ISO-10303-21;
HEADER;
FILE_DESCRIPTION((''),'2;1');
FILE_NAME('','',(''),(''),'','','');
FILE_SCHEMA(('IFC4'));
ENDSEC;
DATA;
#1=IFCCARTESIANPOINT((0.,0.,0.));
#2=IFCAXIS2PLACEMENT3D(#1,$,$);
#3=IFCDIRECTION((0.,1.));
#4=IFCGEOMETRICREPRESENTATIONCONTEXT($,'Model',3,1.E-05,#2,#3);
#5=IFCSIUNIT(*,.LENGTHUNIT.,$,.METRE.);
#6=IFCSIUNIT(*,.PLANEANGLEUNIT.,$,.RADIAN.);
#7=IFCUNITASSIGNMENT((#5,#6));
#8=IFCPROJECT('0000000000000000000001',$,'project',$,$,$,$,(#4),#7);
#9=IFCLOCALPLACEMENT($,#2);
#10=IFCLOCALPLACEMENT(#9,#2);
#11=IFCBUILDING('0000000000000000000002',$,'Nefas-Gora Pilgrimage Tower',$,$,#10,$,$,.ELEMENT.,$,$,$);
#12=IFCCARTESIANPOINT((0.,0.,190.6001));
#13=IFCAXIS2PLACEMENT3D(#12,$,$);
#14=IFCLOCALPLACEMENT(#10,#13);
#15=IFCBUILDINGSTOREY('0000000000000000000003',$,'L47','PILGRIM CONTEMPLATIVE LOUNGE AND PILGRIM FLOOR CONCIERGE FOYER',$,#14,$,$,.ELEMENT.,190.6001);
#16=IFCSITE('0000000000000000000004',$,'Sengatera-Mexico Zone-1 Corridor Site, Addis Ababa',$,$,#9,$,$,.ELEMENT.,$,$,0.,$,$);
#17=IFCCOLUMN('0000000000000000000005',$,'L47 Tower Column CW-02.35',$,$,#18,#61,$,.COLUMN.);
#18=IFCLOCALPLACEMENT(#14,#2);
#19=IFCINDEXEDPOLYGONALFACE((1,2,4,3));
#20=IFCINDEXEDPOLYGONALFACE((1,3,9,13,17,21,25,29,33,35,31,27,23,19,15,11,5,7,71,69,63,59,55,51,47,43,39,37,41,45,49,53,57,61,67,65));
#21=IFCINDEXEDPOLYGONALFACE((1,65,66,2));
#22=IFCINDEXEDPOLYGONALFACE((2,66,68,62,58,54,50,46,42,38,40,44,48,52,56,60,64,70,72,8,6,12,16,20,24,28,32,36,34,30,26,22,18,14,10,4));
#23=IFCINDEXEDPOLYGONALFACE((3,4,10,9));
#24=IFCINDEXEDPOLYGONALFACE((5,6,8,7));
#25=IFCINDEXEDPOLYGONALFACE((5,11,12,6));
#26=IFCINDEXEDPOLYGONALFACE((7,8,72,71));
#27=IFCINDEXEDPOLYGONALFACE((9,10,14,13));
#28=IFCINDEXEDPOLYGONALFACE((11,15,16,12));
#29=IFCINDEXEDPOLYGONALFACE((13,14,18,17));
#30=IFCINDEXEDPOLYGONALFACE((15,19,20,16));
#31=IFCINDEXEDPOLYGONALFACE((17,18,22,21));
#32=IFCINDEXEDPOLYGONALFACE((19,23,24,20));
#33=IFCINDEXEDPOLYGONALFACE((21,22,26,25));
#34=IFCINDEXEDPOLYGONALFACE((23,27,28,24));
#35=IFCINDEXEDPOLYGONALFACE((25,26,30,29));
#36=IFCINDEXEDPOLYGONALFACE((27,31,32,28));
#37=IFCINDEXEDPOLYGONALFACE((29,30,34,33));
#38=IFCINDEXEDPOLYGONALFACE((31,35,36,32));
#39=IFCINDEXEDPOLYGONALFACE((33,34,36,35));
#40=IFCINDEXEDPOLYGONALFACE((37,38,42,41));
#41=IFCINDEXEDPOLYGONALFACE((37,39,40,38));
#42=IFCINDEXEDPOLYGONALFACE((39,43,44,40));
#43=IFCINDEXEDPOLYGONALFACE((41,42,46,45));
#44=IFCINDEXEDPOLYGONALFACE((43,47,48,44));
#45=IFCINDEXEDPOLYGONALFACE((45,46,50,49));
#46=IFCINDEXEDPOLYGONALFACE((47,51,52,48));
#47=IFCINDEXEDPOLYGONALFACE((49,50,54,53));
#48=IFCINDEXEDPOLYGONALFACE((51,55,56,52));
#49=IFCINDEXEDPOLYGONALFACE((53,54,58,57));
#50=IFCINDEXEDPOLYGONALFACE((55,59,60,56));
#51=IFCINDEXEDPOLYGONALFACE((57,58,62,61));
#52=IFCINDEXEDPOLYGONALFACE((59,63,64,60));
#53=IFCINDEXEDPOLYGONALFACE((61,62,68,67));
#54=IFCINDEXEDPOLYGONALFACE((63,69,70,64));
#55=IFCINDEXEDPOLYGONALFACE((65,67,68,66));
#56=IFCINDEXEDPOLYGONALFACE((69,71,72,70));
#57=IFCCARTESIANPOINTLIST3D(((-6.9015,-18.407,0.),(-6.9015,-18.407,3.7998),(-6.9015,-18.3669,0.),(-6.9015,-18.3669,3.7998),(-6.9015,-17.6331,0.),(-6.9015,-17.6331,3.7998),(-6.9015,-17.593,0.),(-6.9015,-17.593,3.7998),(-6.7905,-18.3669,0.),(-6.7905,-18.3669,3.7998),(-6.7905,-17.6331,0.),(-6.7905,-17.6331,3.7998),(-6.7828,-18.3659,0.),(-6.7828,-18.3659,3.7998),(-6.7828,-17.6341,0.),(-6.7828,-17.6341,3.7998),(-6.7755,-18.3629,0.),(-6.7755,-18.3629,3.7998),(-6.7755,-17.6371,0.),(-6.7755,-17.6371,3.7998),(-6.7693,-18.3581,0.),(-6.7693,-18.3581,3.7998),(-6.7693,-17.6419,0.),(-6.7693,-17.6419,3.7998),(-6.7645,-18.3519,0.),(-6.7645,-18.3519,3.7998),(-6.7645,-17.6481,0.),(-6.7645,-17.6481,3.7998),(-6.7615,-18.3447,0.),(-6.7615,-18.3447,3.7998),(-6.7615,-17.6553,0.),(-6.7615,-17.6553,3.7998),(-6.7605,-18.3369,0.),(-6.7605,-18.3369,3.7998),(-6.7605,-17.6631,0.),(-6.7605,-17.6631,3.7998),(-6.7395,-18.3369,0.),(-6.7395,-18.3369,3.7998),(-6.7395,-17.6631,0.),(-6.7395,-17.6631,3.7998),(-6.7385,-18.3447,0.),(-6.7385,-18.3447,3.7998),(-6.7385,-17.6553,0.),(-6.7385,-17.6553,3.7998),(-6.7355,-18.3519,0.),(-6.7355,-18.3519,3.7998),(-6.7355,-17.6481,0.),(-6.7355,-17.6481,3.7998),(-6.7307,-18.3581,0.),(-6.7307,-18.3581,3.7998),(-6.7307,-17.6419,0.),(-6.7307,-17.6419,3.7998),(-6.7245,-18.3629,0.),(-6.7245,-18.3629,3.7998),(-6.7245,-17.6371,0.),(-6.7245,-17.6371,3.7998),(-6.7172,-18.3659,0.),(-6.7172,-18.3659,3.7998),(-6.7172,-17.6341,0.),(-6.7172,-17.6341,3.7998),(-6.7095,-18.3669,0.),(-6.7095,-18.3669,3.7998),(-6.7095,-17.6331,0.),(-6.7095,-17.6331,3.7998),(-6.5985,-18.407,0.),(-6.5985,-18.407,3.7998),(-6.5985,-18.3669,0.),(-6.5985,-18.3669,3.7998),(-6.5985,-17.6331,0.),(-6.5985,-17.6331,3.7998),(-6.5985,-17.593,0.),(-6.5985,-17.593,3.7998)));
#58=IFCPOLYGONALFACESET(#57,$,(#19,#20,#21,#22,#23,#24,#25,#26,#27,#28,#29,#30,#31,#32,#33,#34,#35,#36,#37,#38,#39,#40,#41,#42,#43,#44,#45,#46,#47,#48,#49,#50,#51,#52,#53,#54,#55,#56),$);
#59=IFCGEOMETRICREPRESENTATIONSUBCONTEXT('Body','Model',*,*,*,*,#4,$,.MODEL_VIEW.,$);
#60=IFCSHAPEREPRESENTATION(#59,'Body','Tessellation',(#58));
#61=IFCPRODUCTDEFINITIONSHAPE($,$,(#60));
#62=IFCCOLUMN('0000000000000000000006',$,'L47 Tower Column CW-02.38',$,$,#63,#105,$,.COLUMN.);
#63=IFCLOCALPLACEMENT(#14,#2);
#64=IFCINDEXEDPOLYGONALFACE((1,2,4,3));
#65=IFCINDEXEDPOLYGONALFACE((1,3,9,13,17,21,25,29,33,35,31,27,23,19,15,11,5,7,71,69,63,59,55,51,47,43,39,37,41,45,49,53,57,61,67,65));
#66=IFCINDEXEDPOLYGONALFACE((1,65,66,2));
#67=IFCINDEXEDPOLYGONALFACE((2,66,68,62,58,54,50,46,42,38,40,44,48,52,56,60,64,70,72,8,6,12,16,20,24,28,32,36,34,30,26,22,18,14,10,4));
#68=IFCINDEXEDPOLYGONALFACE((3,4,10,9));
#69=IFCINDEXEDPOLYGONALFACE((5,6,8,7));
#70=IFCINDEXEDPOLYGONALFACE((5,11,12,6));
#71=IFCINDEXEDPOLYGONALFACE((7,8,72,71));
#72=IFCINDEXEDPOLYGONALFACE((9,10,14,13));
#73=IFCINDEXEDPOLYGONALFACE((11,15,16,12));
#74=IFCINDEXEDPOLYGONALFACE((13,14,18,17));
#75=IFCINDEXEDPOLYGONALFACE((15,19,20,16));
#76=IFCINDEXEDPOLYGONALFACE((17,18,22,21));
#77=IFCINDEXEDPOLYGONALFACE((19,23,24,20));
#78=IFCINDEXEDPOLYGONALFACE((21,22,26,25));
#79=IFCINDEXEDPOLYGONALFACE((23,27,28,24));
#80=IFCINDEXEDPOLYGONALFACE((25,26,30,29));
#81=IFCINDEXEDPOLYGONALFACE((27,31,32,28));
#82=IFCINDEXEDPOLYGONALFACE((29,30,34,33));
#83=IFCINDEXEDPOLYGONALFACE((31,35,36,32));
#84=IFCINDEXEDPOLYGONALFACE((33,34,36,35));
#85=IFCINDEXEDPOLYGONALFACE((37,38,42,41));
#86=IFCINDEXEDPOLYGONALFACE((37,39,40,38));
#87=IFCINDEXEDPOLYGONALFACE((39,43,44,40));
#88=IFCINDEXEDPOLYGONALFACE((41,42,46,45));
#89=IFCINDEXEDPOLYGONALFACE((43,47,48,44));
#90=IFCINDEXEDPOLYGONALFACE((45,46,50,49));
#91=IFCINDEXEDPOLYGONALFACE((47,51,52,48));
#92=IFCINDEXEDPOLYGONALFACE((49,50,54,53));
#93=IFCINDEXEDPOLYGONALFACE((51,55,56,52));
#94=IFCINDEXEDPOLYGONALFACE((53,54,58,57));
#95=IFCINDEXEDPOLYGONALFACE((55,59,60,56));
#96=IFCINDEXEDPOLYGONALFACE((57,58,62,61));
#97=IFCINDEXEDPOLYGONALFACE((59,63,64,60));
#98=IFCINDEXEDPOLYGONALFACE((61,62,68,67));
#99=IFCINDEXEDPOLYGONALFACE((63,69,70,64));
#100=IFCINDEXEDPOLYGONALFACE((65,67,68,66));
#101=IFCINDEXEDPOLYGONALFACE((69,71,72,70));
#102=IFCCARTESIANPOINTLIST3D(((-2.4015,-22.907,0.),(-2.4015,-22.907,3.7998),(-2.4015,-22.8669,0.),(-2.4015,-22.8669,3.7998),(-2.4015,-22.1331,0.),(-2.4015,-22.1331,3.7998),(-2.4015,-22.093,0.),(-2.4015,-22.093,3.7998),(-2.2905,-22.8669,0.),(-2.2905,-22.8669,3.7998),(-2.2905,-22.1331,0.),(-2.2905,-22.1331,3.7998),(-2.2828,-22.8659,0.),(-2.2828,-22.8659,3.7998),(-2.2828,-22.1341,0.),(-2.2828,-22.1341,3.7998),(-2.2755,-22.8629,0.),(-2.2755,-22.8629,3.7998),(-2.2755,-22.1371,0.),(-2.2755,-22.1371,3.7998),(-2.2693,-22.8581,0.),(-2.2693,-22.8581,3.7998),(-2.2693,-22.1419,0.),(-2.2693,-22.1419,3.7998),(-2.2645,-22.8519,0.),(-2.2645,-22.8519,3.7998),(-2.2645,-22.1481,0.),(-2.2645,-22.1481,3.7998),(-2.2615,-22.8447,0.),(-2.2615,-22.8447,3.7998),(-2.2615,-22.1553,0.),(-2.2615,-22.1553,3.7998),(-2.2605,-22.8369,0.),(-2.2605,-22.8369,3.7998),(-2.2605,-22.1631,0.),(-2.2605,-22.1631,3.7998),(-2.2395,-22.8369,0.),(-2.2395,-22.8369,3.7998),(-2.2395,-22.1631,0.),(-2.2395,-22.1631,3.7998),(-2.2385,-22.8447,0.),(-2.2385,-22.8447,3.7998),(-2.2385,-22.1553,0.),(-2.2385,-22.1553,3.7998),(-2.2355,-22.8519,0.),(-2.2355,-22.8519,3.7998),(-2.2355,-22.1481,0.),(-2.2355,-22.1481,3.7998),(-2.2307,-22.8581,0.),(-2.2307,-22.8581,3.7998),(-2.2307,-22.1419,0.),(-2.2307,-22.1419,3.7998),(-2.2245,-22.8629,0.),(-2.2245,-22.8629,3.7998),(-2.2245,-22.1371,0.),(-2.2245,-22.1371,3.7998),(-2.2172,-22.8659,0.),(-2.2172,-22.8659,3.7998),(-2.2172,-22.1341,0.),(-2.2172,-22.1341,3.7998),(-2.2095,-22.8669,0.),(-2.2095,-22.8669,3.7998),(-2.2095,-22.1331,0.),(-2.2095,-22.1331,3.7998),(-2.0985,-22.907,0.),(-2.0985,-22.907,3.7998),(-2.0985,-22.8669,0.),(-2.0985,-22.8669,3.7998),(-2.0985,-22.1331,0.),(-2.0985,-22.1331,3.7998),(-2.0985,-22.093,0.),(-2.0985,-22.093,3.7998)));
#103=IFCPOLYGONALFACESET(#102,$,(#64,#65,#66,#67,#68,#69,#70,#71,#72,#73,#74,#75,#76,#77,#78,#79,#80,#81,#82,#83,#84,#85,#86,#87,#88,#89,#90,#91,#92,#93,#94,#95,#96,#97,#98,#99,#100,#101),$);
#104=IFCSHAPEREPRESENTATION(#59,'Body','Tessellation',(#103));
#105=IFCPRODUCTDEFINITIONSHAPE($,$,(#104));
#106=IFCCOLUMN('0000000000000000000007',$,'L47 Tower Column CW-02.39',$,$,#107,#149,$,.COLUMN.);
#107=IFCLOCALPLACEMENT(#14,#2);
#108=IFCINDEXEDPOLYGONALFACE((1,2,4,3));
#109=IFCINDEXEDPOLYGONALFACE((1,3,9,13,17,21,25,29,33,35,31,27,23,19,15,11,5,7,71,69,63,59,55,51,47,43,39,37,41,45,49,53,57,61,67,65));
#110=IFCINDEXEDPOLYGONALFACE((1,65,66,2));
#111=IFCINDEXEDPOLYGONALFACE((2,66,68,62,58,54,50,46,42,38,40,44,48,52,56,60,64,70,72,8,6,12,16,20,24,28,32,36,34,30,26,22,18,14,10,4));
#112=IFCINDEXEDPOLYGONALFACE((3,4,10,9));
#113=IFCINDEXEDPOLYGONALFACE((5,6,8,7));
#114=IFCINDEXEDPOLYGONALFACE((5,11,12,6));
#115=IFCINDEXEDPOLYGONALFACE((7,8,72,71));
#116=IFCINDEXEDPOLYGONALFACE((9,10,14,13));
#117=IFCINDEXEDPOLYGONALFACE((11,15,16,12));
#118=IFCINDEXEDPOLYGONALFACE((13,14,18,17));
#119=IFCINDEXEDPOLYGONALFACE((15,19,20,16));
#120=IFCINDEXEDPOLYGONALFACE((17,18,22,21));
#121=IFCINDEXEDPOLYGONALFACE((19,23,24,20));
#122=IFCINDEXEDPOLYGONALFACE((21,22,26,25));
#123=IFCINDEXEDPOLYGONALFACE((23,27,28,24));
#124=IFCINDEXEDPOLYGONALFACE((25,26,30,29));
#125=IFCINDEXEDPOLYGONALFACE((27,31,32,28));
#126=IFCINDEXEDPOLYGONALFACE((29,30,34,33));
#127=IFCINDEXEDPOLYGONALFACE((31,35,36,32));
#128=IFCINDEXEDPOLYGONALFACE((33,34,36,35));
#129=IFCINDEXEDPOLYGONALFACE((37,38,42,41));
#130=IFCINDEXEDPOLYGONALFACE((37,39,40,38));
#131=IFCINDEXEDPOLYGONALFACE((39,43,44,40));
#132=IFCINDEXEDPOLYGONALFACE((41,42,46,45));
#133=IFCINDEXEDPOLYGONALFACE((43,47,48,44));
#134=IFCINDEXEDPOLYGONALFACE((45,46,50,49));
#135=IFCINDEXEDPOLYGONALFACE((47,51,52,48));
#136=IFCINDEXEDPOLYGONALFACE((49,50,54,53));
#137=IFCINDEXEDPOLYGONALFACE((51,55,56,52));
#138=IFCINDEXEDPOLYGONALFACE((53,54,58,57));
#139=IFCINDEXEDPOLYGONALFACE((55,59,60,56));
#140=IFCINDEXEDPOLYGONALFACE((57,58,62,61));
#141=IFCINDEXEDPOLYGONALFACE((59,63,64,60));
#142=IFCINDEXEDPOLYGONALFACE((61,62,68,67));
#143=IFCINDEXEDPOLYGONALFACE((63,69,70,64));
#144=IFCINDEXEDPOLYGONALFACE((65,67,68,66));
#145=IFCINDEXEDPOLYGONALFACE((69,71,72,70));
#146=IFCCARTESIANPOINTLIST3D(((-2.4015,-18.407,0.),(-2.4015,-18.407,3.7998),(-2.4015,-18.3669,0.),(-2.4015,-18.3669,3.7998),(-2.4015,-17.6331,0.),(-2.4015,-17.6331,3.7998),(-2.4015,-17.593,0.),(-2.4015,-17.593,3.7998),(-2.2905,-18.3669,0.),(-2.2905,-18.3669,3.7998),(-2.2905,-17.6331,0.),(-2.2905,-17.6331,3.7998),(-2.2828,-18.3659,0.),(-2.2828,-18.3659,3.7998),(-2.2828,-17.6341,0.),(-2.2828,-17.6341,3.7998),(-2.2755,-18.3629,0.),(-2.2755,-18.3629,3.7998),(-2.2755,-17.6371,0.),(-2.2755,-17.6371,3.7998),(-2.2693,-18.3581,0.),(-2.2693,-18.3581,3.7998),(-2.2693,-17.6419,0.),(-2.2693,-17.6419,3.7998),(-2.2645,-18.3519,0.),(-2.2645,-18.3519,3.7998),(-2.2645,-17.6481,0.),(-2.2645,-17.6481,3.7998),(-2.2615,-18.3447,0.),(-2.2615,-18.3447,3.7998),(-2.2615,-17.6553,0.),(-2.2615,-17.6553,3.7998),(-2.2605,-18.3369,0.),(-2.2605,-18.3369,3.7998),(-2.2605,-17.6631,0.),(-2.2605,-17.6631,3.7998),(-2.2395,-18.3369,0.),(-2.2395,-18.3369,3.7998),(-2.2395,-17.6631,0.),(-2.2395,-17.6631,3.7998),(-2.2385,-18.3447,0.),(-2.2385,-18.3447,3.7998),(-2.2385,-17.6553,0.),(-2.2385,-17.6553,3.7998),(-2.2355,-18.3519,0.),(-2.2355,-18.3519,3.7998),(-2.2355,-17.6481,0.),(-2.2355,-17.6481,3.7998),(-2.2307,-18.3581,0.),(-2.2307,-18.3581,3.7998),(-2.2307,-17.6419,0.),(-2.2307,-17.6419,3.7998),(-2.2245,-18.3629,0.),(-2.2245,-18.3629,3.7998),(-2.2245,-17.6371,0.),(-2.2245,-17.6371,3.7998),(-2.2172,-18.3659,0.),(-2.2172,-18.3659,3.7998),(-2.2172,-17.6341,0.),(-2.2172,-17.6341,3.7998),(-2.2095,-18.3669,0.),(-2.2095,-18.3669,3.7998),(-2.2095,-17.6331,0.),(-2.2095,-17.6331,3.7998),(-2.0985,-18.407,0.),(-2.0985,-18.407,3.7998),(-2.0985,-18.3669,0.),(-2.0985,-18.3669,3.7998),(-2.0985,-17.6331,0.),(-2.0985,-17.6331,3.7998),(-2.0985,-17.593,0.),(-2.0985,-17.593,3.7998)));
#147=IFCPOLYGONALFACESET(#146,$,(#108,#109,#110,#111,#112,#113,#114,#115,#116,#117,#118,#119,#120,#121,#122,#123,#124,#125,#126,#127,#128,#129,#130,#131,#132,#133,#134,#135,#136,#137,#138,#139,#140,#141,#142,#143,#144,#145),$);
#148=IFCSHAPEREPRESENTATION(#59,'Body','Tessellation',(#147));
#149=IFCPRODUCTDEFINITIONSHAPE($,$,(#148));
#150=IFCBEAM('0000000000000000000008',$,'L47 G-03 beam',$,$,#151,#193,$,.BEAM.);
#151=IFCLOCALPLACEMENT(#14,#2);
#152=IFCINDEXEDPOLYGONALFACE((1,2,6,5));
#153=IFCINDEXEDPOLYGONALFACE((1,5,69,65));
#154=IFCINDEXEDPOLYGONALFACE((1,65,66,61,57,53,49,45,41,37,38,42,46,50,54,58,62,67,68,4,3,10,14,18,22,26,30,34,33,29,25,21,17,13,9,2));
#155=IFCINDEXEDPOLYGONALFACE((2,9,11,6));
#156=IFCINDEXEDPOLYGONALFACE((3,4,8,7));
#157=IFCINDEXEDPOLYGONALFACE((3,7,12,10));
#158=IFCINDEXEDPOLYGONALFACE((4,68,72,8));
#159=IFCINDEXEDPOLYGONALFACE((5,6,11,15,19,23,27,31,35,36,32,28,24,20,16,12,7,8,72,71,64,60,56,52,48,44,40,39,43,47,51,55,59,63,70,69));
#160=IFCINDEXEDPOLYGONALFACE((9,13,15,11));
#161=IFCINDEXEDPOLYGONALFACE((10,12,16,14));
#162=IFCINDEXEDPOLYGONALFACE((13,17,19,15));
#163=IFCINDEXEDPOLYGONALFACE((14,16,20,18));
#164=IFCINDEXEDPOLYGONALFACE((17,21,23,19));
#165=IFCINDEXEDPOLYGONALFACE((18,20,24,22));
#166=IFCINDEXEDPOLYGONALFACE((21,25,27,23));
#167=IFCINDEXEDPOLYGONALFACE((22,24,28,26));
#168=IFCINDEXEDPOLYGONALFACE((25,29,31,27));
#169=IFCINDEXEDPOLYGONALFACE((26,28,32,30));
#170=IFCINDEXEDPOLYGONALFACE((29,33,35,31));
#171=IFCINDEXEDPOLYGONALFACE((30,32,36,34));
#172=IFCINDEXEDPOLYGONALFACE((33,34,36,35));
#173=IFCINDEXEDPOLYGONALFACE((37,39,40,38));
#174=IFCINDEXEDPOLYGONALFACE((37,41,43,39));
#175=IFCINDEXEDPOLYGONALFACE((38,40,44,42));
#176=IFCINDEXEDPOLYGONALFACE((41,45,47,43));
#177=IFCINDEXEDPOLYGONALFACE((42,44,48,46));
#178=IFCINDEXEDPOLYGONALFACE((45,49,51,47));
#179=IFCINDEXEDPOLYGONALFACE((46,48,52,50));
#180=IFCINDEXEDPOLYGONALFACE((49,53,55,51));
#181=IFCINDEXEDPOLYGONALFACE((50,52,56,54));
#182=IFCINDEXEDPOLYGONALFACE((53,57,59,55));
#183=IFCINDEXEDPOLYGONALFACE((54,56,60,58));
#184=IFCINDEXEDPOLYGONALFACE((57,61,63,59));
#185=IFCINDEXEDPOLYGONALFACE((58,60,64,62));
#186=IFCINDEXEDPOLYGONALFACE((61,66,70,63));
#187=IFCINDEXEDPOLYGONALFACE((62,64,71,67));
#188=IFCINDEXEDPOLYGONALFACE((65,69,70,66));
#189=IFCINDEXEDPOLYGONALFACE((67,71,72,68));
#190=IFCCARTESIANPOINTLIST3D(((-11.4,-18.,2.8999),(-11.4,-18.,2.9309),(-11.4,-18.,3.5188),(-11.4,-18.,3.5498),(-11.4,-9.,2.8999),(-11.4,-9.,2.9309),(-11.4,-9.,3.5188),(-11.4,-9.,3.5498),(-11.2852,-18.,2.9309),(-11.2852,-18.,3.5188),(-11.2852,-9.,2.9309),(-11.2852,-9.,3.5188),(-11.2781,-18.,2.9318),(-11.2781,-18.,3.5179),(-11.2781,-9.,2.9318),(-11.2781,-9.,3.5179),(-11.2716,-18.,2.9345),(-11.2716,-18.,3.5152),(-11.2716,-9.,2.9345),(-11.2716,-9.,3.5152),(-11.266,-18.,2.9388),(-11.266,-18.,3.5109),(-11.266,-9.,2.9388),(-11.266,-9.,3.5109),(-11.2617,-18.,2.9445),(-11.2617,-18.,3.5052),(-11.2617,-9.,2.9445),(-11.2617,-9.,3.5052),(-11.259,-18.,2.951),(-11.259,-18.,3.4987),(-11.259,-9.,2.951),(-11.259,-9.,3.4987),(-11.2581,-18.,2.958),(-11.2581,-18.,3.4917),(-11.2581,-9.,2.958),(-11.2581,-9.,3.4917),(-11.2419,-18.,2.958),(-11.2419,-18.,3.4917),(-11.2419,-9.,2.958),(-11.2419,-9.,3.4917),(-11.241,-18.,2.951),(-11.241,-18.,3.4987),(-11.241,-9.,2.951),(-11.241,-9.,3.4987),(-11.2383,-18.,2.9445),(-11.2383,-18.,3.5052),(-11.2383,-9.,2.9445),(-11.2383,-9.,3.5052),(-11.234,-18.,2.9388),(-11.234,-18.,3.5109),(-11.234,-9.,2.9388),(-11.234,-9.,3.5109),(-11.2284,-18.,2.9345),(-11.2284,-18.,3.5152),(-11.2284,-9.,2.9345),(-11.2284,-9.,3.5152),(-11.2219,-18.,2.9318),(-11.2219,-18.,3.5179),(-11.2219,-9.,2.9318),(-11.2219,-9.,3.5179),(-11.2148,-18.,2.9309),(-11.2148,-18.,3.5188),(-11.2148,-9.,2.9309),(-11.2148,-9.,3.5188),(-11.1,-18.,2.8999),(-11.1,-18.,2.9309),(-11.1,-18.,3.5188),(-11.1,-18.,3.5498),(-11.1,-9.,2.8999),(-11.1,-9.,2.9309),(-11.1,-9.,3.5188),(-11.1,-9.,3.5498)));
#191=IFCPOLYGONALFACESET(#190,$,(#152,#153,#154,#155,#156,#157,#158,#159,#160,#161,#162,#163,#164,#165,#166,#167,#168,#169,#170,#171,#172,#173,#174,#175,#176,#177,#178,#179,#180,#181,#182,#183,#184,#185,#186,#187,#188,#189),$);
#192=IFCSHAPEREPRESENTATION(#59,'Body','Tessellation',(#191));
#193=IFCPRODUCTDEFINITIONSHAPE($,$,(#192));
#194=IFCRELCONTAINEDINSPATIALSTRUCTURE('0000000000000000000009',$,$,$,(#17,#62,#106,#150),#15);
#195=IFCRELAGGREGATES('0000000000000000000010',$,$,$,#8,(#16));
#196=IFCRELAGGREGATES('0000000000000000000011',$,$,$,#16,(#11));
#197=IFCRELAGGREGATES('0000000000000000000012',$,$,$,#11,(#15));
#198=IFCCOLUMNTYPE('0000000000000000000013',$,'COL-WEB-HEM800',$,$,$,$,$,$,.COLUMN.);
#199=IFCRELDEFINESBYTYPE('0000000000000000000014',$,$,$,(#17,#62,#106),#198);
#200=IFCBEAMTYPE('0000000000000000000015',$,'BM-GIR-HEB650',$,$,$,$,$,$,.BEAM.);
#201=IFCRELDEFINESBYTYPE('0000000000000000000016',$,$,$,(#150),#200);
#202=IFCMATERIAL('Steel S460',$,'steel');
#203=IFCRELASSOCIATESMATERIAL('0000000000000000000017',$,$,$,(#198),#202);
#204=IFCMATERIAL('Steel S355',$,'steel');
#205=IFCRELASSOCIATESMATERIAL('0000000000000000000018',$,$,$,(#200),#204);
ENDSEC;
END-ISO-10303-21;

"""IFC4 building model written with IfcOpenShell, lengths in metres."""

from ifc_helpers import new_model, si_unit, direction, frame, origin, origin_2d, place, context, subcontext, project, spatial, i_section, extrude, source, transform, mapped, material, material_profile, profile_set, type_object, element, save


model = new_model("IFC4")

# Units and contexts
model_context = context("Model", 3, precision=1e-05, world=origin(), true_north=direction((0.0, 1.0)))
body_context = subcontext(model_context, "Body", "Model", "MODEL_VIEW")
ifc_project = project(units=[si_unit("LENGTHUNIT", "METRE"), si_unit("PLANEANGLEUNIT", "RADIAN")], contexts=[model_context])

# Site, building, storey
site_placement = place(None, origin())
site = spatial("IfcSite", under=ifc_project, at=site_placement, Name="Sengatera-Mexico Zone-1 Corridor Site, Addis Ababa", CompositionType="ELEMENT", RefElevation=0.0)
building_placement = place(site_placement, origin())
building = spatial("IfcBuilding", under=site, at=building_placement, Name="Nefas-Gora Pilgrimage Tower", CompositionType="ELEMENT")
storey_placement = place(building_placement, frame((0.0, 0.0, 190.6001)))
storey = spatial("IfcBuildingStorey", under=building, at=storey_placement, Name="L47", Description="PILGRIM CONTEMPLATIVE LOUNGE AND PILGRIM FLOOR CONCIERGE FOYER", CompositionType="ELEMENT", Elevation=190.6001)

# Columns
ifc_material_1 = material(Name="Steel S460", Category="steel")
ifc_material_profile_1 = material_profile(ifc_material_1, i_section(OverallWidth=0.303, OverallDepth=0.814, WebThickness=0.021, FlangeThickness=0.04, FilletRadius=0.03, at=origin_2d()), Name="HEM 800")
ifc_profile_set_1 = profile_set([ifc_material_profile_1], Name="Steel S460")
column_type_1 = type_object("IfcColumnType", Name="COL-WEB-HEM800", PredefinedType="COLUMN", material=ifc_profile_set_1)
shared_shape_1 = source(origin(), body_context, "Body", "SweptSolid", [
    extrude(i_section(OverallWidth=0.303, OverallDepth=0.814, WebThickness=0.021, FlangeThickness=0.04, FilletRadius=0.03, at=origin_2d()), origin(), (0.0, 0.0, 1.0), 3.7998),
])
for number, where, z_axis, x_axis, name in (
    (1, (-6.75, -18.0, 0.0), (0.0, 0.0, 1.0), (1.0, 0.0, 0.0), "L47 Tower Column CW-02.35"),
    (2, (-2.25, -22.5, 0.0), (0.0, 0.0, 1.0), (1.0, 0.0, 0.0), "L47 Tower Column CW-02.38"),
    (3, (-2.25, -18.0, 0.0), (0.0, 0.0, 1.0), (1.0, 0.0, 0.0), "L47 Tower Column CW-02.39"),
):
    element("IfcColumn", number, at=place(storey_placement, frame(where, z_axis=z_axis, x_axis=x_axis)), inside=storey, type_object=column_type_1, Name=name, PredefinedType="COLUMN", context=body_context, shape_type="MappedRepresentation", body=[
        mapped(shared_shape_1, transform((0.0, 0.0, 0.0), x_axis=(1.0, 0.0, 0.0), y_axis=(0.0, 1.0, 0.0), z_axis=(0.0, 0.0, 1.0), scale=1.0)),
    ])

# Beam
ifc_material_2 = material(Name="Steel S355", Category="steel")
ifc_material_profile_2 = material_profile(ifc_material_2, i_section(OverallWidth=0.3, OverallDepth=0.6499, WebThickness=0.0161, FlangeThickness=0.031, FilletRadius=0.0271, at=origin_2d()), Name="HEB 650")
ifc_profile_set_2 = profile_set([ifc_material_profile_2], Name="Steel S355")
beam_type = type_object("IfcBeamType", Name="BM-GIR-HEB650", PredefinedType="BEAM", material=ifc_profile_set_2)
shared_shape_2 = source(origin(), body_context, "Body", "SweptSolid", [
    extrude(i_section(OverallWidth=0.3, OverallDepth=0.6499, WebThickness=0.0161, FlangeThickness=0.031, FilletRadius=0.0271, at=origin_2d()), origin(), (0.0, 0.0, 1.0), 9.0),
])
beam_placement = place(storey_placement, frame((-11.25, -18.0, 3.2249), z_axis=(0.0, 1.0, 0.0), x_axis=(-1.0, 0.0, 0.0)))
element("IfcBeam", 4, at=beam_placement, inside=storey, type_object=beam_type, Name="L47 G-03 beam", PredefinedType="BEAM", context=body_context, shape_type="MappedRepresentation", body=[
    mapped(shared_shape_2, transform((0.0, 0.0, 0.0), x_axis=(1.0, 0.0, 0.0), y_axis=(0.0, 1.0, 0.0), z_axis=(0.0, 0.0, 1.0), scale=1.0)),
])

save(model, "model.ifc")
